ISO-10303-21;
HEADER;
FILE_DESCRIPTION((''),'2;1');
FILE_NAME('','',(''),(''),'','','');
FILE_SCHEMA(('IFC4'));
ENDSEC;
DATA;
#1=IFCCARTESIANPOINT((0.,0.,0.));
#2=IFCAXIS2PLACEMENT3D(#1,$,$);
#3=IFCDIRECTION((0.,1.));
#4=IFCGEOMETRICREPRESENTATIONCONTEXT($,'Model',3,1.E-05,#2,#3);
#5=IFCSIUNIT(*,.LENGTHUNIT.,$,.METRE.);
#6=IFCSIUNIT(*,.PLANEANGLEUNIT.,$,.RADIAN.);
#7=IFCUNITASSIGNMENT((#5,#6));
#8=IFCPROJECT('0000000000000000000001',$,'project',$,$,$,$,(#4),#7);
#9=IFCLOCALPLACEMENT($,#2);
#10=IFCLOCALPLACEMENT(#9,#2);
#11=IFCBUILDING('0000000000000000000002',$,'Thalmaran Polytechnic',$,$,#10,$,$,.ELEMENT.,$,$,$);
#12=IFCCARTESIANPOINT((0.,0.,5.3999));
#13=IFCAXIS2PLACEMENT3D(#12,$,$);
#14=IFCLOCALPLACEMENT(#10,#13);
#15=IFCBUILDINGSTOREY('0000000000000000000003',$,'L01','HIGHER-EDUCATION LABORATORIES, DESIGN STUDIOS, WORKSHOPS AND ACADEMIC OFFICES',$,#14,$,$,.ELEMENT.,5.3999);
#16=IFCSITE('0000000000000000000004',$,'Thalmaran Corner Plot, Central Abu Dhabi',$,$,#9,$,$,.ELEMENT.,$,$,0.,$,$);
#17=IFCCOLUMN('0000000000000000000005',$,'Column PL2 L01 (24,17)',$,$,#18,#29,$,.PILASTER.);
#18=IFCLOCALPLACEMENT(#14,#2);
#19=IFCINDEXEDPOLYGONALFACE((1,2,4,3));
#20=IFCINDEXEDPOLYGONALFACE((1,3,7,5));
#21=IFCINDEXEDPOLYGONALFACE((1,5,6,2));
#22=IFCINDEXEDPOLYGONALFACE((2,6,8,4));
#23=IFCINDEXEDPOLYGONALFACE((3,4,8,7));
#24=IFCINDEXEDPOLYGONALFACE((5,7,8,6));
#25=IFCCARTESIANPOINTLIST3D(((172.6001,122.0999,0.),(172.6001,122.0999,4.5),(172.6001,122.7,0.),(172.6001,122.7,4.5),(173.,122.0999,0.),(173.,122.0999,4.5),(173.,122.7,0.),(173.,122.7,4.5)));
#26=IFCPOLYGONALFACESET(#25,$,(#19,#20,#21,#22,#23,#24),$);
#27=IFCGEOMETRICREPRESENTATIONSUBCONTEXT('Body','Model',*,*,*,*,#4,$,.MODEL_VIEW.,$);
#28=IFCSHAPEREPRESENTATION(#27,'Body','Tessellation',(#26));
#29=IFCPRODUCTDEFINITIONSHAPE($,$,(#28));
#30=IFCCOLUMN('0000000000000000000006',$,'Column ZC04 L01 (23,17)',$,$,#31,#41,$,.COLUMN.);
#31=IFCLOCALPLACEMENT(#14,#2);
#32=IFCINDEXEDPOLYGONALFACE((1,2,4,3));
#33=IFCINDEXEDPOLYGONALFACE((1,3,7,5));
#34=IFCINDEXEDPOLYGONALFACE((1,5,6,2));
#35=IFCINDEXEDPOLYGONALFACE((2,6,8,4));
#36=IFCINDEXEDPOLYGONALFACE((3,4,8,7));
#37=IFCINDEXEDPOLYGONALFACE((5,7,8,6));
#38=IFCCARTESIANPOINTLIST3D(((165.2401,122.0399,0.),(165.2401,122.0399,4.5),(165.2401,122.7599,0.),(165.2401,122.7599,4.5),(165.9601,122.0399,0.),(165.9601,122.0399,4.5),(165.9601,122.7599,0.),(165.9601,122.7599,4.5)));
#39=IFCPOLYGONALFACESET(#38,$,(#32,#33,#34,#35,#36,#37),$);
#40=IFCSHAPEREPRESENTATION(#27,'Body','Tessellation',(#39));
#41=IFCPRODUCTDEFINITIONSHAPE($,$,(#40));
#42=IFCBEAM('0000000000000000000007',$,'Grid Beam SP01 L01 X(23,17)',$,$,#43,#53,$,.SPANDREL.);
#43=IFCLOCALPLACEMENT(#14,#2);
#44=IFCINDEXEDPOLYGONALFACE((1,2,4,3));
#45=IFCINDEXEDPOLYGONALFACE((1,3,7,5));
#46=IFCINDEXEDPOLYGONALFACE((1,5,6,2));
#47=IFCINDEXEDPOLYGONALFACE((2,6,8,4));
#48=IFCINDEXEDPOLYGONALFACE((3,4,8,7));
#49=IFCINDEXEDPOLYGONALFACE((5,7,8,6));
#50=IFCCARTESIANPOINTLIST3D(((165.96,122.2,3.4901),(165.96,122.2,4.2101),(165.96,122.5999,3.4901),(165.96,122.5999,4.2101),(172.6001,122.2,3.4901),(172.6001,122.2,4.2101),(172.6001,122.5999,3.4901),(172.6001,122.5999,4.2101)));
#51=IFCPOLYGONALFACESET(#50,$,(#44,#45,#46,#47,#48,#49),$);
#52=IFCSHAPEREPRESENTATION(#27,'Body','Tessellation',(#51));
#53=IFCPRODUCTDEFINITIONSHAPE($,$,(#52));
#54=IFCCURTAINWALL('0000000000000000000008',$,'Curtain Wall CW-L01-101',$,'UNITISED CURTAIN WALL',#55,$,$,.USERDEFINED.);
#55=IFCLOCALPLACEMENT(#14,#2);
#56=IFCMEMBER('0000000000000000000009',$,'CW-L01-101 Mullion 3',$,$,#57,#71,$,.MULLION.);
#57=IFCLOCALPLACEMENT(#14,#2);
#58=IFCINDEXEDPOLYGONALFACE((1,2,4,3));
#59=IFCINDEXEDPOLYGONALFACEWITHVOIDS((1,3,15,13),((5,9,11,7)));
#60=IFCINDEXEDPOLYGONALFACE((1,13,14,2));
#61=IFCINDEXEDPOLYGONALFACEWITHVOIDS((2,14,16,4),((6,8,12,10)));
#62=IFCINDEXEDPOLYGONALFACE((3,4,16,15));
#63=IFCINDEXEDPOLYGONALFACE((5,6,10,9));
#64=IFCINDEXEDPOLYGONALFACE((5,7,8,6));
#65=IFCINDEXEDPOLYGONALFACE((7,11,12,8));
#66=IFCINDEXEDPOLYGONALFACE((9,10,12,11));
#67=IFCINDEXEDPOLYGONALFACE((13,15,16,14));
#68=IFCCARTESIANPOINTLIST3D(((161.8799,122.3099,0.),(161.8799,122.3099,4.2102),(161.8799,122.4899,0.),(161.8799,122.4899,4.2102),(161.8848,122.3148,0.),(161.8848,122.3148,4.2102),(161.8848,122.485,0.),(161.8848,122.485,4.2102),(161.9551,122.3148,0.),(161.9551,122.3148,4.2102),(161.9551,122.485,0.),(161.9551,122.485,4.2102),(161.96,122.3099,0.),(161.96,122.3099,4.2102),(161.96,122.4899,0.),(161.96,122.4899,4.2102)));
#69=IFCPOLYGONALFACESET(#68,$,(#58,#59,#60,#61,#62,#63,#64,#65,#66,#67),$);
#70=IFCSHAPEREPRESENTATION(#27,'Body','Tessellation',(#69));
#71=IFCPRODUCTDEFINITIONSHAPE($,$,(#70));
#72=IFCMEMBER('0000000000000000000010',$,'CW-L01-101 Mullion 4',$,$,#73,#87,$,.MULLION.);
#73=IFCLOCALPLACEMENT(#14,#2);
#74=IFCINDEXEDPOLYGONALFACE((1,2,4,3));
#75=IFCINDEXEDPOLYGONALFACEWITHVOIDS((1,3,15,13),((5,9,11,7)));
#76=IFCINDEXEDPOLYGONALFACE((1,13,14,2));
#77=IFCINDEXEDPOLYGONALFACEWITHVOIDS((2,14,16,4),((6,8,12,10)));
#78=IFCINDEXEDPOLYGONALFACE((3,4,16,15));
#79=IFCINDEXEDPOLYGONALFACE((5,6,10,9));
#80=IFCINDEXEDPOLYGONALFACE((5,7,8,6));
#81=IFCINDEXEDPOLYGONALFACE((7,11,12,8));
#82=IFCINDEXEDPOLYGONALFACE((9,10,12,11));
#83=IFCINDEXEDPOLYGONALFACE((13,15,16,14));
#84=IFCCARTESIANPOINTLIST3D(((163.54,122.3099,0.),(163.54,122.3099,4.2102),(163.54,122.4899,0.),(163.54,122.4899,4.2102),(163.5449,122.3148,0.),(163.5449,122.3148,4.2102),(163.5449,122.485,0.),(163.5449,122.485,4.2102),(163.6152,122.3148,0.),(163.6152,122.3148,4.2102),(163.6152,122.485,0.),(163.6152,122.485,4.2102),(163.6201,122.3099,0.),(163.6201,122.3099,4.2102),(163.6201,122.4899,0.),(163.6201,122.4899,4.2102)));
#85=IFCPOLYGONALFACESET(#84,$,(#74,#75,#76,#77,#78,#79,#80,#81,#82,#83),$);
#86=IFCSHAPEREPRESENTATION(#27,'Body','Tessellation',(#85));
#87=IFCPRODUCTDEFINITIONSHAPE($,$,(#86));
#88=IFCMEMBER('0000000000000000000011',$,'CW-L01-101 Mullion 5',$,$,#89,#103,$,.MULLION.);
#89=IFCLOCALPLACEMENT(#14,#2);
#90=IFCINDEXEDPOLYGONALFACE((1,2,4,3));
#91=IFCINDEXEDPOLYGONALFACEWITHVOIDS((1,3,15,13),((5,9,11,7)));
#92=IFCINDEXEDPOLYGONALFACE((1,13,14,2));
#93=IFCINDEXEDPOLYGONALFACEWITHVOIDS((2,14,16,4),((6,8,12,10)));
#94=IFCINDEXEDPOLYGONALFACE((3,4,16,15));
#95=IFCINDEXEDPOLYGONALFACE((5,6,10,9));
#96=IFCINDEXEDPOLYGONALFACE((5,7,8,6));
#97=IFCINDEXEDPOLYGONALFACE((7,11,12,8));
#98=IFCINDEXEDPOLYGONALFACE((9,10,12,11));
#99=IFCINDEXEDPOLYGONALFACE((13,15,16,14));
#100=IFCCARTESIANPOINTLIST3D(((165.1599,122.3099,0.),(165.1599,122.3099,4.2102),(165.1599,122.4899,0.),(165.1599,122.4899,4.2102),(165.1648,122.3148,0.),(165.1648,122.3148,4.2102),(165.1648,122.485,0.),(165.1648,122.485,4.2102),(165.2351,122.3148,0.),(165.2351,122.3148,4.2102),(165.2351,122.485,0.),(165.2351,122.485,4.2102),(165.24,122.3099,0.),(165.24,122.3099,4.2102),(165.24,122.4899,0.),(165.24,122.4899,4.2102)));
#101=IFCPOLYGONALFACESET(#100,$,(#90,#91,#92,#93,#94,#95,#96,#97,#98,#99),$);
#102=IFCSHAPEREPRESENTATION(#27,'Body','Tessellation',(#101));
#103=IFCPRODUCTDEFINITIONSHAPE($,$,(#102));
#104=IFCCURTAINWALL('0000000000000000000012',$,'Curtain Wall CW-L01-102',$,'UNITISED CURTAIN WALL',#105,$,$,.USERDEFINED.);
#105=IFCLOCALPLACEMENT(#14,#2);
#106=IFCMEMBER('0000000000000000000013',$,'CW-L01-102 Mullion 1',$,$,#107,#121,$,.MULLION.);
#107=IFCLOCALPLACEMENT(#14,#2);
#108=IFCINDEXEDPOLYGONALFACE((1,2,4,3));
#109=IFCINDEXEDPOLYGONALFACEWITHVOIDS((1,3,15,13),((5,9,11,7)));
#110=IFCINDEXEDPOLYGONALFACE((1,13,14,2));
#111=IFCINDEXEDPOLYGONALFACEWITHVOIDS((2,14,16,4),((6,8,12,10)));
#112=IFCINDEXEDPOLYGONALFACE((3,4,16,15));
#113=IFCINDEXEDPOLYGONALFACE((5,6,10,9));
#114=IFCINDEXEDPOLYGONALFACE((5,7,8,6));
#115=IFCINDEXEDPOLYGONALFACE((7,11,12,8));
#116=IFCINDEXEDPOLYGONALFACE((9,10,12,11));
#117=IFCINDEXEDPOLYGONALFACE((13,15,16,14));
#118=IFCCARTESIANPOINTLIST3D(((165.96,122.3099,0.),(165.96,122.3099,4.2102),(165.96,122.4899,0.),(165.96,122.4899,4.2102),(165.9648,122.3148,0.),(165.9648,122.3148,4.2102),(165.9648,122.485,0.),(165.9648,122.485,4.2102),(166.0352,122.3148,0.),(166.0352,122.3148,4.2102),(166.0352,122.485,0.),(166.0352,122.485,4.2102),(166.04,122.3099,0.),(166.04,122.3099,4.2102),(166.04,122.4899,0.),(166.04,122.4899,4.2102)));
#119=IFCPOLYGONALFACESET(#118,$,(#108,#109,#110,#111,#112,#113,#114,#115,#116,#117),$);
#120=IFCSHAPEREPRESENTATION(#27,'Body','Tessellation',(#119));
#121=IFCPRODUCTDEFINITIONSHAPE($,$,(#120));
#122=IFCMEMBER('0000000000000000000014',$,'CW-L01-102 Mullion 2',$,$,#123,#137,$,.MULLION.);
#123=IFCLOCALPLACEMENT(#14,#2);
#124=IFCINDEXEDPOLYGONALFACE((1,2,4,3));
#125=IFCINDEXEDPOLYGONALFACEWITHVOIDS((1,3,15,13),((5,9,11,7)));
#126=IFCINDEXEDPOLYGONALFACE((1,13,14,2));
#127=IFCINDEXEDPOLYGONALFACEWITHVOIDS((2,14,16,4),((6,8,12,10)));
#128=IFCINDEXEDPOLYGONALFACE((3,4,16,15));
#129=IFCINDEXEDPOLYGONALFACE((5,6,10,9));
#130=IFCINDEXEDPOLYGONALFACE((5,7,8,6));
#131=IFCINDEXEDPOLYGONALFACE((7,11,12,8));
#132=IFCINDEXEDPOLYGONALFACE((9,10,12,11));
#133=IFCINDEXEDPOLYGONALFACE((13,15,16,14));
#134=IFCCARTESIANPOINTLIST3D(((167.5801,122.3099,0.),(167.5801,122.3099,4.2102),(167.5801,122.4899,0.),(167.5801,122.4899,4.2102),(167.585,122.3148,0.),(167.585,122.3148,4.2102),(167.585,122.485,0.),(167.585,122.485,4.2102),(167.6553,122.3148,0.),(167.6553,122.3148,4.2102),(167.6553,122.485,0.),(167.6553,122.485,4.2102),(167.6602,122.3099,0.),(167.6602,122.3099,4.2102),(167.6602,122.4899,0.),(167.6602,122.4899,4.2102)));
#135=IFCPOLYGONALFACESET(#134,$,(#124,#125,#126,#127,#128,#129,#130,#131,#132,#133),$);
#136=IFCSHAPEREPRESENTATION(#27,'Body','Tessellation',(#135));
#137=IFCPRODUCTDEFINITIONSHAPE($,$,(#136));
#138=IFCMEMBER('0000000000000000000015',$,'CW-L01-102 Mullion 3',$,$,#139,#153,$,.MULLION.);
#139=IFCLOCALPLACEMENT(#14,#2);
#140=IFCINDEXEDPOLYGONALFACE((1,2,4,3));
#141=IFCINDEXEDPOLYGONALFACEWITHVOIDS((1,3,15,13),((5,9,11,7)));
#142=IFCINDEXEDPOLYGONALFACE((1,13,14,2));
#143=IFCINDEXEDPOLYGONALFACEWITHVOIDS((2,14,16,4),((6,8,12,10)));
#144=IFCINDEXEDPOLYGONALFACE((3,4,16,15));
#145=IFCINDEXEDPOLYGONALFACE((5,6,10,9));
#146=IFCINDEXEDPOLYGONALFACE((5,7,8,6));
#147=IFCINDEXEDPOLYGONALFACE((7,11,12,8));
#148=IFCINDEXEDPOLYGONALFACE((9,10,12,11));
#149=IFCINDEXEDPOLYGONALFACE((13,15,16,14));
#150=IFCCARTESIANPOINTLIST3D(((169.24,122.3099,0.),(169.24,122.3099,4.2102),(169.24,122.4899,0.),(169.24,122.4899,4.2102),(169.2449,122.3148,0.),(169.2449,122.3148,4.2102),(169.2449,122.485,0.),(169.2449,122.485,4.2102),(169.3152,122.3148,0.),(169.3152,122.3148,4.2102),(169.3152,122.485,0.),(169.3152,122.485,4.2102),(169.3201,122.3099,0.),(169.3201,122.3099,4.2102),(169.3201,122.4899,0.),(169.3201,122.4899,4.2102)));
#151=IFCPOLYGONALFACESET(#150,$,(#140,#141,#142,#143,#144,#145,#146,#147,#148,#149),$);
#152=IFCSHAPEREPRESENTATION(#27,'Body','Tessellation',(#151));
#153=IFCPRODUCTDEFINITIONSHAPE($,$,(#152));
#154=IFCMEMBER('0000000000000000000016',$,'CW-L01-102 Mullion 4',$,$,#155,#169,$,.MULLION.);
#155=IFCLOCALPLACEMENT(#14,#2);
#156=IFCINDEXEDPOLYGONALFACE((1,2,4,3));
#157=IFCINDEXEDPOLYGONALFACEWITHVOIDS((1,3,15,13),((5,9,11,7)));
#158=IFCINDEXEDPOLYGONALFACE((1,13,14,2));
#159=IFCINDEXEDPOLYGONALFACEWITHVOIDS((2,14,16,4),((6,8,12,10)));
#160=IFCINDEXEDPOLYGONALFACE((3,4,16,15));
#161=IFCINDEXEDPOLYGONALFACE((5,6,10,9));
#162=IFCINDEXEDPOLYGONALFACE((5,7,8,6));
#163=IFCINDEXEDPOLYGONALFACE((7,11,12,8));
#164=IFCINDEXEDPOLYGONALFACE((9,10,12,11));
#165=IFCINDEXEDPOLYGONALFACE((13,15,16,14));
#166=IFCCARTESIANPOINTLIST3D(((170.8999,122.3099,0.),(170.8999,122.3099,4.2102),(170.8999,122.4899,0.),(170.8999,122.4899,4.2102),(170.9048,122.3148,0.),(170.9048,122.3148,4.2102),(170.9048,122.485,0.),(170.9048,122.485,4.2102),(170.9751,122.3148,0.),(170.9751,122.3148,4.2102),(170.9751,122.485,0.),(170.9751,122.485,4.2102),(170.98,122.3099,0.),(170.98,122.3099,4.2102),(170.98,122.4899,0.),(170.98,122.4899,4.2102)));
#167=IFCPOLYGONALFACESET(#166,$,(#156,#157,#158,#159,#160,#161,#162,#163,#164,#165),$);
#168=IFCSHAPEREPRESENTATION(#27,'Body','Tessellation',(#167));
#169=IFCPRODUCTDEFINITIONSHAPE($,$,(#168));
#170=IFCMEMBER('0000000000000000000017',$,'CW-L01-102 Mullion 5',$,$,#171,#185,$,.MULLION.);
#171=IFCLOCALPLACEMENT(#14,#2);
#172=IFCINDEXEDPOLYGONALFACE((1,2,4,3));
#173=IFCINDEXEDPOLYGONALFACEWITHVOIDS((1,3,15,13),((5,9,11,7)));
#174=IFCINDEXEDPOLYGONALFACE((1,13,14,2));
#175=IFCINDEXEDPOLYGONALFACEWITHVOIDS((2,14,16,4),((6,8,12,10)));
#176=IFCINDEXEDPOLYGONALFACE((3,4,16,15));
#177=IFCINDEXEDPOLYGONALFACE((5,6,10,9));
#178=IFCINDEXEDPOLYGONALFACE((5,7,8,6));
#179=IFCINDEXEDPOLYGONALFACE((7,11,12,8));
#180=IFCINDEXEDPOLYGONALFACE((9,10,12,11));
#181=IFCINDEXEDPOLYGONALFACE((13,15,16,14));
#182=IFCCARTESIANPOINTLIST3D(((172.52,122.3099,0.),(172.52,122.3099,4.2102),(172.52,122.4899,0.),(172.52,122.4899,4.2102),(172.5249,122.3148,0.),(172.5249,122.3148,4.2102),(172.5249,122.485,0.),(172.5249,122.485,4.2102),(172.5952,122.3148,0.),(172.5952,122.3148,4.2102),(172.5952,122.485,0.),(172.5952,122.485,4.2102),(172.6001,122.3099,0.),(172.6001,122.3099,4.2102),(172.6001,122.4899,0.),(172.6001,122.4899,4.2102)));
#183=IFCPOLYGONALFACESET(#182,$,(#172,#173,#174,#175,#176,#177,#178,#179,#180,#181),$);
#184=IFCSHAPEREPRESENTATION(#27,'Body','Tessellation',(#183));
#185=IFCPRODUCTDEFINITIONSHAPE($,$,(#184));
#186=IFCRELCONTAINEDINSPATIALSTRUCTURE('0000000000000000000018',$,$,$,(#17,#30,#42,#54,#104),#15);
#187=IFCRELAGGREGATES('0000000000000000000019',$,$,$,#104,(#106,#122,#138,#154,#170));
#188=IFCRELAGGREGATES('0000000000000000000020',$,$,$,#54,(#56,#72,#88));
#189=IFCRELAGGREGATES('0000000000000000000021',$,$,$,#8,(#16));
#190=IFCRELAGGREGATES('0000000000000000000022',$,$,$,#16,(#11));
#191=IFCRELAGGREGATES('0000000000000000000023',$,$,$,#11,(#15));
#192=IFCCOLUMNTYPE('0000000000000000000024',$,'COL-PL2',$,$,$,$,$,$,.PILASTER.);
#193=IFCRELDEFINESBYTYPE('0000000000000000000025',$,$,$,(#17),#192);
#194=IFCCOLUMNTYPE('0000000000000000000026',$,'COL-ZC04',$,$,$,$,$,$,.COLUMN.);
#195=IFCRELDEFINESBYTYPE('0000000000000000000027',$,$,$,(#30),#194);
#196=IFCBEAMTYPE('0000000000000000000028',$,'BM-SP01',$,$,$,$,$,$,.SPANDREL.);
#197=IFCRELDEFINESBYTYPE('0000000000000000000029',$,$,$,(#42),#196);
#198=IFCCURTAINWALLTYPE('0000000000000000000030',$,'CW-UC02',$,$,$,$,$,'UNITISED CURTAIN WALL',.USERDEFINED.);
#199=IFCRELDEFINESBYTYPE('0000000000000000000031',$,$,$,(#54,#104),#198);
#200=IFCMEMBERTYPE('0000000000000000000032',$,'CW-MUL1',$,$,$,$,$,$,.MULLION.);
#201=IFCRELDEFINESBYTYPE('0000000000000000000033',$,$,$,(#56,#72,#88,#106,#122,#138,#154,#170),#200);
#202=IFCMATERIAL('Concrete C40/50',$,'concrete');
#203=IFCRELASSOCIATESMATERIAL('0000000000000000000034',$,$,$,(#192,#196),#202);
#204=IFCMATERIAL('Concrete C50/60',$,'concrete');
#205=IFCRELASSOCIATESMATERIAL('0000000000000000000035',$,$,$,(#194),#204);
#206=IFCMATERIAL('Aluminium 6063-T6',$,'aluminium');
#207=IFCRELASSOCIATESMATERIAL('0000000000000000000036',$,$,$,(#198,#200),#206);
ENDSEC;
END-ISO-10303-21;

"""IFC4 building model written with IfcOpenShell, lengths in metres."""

from ifc_helpers import new_model, si_unit, direction, frame, origin, origin_2d, place, context, subcontext, project, spatial, rectangle, hollow_rectangle, extrude, material, material_profile, profile_set, type_object, element, aggregate, save


model = new_model("IFC4")

# Units and contexts
model_context = context("Model", 3, precision=1e-05, world=origin(), true_north=direction((0.0, 1.0)))
body_context = subcontext(model_context, "Body", "Model", "MODEL_VIEW")
ifc_project = project(units=[si_unit("LENGTHUNIT", "METRE"), si_unit("PLANEANGLEUNIT", "RADIAN")], contexts=[model_context])

# Site, building, storey
site_placement = place(None, origin())
site = spatial("IfcSite", under=ifc_project, at=site_placement, Name="Thalmaran Corner Plot, Central Abu Dhabi", CompositionType="ELEMENT", RefElevation=0.0)
building_placement = place(site_placement, origin())
building = spatial("IfcBuilding", under=site, at=building_placement, Name="Thalmaran Polytechnic", CompositionType="ELEMENT")
storey_placement = place(building_placement, frame((0.0, 0.0, 5.3999)))
storey = spatial("IfcBuildingStorey", under=building, at=storey_placement, Name="L01", Description="HIGHER-EDUCATION LABORATORIES, DESIGN STUDIOS, WORKSHOPS AND ACADEMIC OFFICES", CompositionType="ELEMENT", Elevation=5.3999)

# Columns
ifc_material_1 = material(Name="Concrete C40/50", Category="concrete")
ifc_material_profile_1 = material_profile(ifc_material_1, rectangle(XDim=0.3999, YDim=0.6001, at=origin_2d()), Name="RC 400x600")
ifc_profile_set_1 = profile_set([ifc_material_profile_1], Name="Concrete C40/50")
column_type_1 = type_object("IfcColumnType", Name="COL-PL2", PredefinedType="PILASTER", material=ifc_profile_set_1)
column_1_placement = place(storey_placement, frame((172.8, 122.3999, 0.0), z_axis=(0.0, 0.0, 1.0), x_axis=(1.0, 0.0, 0.0)))
element("IfcColumn", 1, at=column_1_placement, inside=storey, type_object=column_type_1, Name="Column PL2 L01 (24,17)", PredefinedType="PILASTER", context=body_context, shape_type="SweptSolid", body=[
    extrude(rectangle(XDim=0.3999, YDim=0.6001, at=origin_2d()), origin(), (0.0, 0.0, 1.0), 4.5),
])
ifc_material_2 = material(Name="Concrete C50/60", Category="concrete")
ifc_material_profile_2 = material_profile(ifc_material_2, rectangle(XDim=0.72, YDim=0.72, at=origin_2d()), Name="RC 720x720")
ifc_profile_set_2 = profile_set([ifc_material_profile_2], Name="Concrete C50/60")
column_type_2 = type_object("IfcColumnType", Name="COL-ZC04", PredefinedType="COLUMN", material=ifc_profile_set_2)
column_2_placement = place(storey_placement, frame((165.6001, 122.3999, 0.0), z_axis=(0.0, 0.0, 1.0), x_axis=(1.0, 0.0, 0.0)))
element("IfcColumn", 2, at=column_2_placement, inside=storey, type_object=column_type_2, Name="Column ZC04 L01 (23,17)", PredefinedType="COLUMN", context=body_context, shape_type="SweptSolid", body=[
    extrude(rectangle(XDim=0.72, YDim=0.72, at=origin_2d()), origin(), (0.0, 0.0, 1.0), 4.5),
])

# Beam
ifc_material_profile_3 = material_profile(ifc_material_1, rectangle(XDim=0.3999, YDim=0.72, at=origin_2d()), Name="RC 400x720")
ifc_profile_set_3 = profile_set([ifc_material_profile_3], Name="Concrete C40/50")
beam_type = type_object("IfcBeamType", Name="BM-SP01", PredefinedType="SPANDREL", material=ifc_profile_set_3)
beam_placement = place(storey_placement, frame((165.96, 122.3999, 3.8501), z_axis=(1.0, 0.0, 0.0), x_axis=(0.0, 1.0, 0.0)))
element("IfcBeam", 3, at=beam_placement, inside=storey, type_object=beam_type, Name="Grid Beam SP01 L01 X(23,17)", PredefinedType="SPANDREL", context=body_context, shape_type="SweptSolid", body=[
    extrude(rectangle(XDim=0.3999, YDim=0.72, at=origin_2d()), origin(), (0.0, 0.0, 1.0), 6.6401),
])

# Curtain walls, members
ifc_material_3 = material(Name="Aluminium 6063-T6", Category="aluminium")
curtain_wall_type = type_object("IfcCurtainWallType", Name="CW-UC02", ElementType="UNITISED CURTAIN WALL", PredefinedType="USERDEFINED", material=ifc_material_3)
curtain_wall_1_placement = place(storey_placement, origin())
curtain_wall_1 = element("IfcCurtainWall", 4, at=curtain_wall_1_placement, inside=storey, type_object=curtain_wall_type, Name="Curtain Wall CW-L01-101", ObjectType="UNITISED CURTAIN WALL", PredefinedType="USERDEFINED")
ifc_material_profile_4 = material_profile(ifc_material_3, hollow_rectangle(XDim=0.0801, YDim=0.1799, WallThickness=0.0049, at=origin_2d()), Name="RHS 180x80x5.0")
ifc_profile_set_4 = profile_set([ifc_material_profile_4], Name="Aluminium 6063-T6")
member_type_1 = type_object("IfcMemberType", Name="CW-MUL1", PredefinedType="MULLION", material=ifc_profile_set_4)
member_1_placement = place(storey_placement, frame((161.9199, 122.3999, 0.0), z_axis=(0.0, 0.0, 1.0), x_axis=(1.0, 0.0, 0.0)))
member_1 = element("IfcMember", 5, at=member_1_placement, type_object=member_type_1, Name="CW-L01-101 Mullion 3", PredefinedType="MULLION", context=body_context, shape_type="SweptSolid", body=[
    extrude(hollow_rectangle(XDim=0.0801, YDim=0.1799, WallThickness=0.0049, at=origin_2d()), origin(), (0.0, 0.0, 1.0), 4.2102),
])
member_2_placement = place(storey_placement, frame((163.5801, 122.3999, 0.0), z_axis=(0.0, 0.0, 1.0), x_axis=(1.0, 0.0, 0.0)))
member_2 = element("IfcMember", 6, at=member_2_placement, type_object=member_type_1, Name="CW-L01-101 Mullion 4", PredefinedType="MULLION", context=body_context, shape_type="SweptSolid", body=[
    extrude(hollow_rectangle(XDim=0.0801, YDim=0.1799, WallThickness=0.0049, at=origin_2d()), origin(), (0.0, 0.0, 1.0), 4.2102),
])
member_3_placement = place(storey_placement, frame((165.2, 122.3999, 0.0), z_axis=(0.0, 0.0, 1.0), x_axis=(1.0, 0.0, 0.0)))
member_3 = element("IfcMember", 7, at=member_3_placement, type_object=member_type_1, Name="CW-L01-101 Mullion 5", PredefinedType="MULLION", context=body_context, shape_type="SweptSolid", body=[
    extrude(hollow_rectangle(XDim=0.0801, YDim=0.1799, WallThickness=0.0049, at=origin_2d()), origin(), (0.0, 0.0, 1.0), 4.2102),
])
curtain_wall_2_placement = place(storey_placement, origin())
curtain_wall_2 = element("IfcCurtainWall", 8, at=curtain_wall_2_placement, inside=storey, type_object=curtain_wall_type, Name="Curtain Wall CW-L01-102", ObjectType="UNITISED CURTAIN WALL", PredefinedType="USERDEFINED")
member_4_placement = place(storey_placement, frame((166.0, 122.3999, 0.0), z_axis=(0.0, 0.0, 1.0), x_axis=(1.0, 0.0, 0.0)))
member_4 = element("IfcMember", 9, at=member_4_placement, type_object=member_type_1, Name="CW-L01-102 Mullion 1", PredefinedType="MULLION", context=body_context, shape_type="SweptSolid", body=[
    extrude(hollow_rectangle(XDim=0.0801, YDim=0.1799, WallThickness=0.0049, at=origin_2d()), origin(), (0.0, 0.0, 1.0), 4.2102),
])
member_5_placement = place(storey_placement, frame((167.6201, 122.3999, 0.0), z_axis=(0.0, 0.0, 1.0), x_axis=(1.0, 0.0, 0.0)))
member_5 = element("IfcMember", 10, at=member_5_placement, type_object=member_type_1, Name="CW-L01-102 Mullion 2", PredefinedType="MULLION", context=body_context, shape_type="SweptSolid", body=[
    extrude(hollow_rectangle(XDim=0.0801, YDim=0.1799, WallThickness=0.0049, at=origin_2d()), origin(), (0.0, 0.0, 1.0), 4.2102),
])
member_6_placement = place(storey_placement, frame((169.28, 122.3999, 0.0), z_axis=(0.0, 0.0, 1.0), x_axis=(1.0, 0.0, 0.0)))
member_6 = element("IfcMember", 11, at=member_6_placement, type_object=member_type_1, Name="CW-L01-102 Mullion 3", PredefinedType="MULLION", context=body_context, shape_type="SweptSolid", body=[
    extrude(hollow_rectangle(XDim=0.0801, YDim=0.1799, WallThickness=0.0049, at=origin_2d()), origin(), (0.0, 0.0, 1.0), 4.2102),
])
member_7_placement = place(storey_placement, frame((170.9399, 122.3999, 0.0), z_axis=(0.0, 0.0, 1.0), x_axis=(1.0, 0.0, 0.0)))
member_7 = element("IfcMember", 12, at=member_7_placement, type_object=member_type_1, Name="CW-L01-102 Mullion 4", PredefinedType="MULLION", context=body_context, shape_type="SweptSolid", body=[
    extrude(hollow_rectangle(XDim=0.0801, YDim=0.1799, WallThickness=0.0049, at=origin_2d()), origin(), (0.0, 0.0, 1.0), 4.2102),
])
member_8_placement = place(storey_placement, frame((172.5601, 122.3999, 0.0), z_axis=(0.0, 0.0, 1.0), x_axis=(1.0, 0.0, 0.0)))
member_8 = element("IfcMember", 13, at=member_8_placement, type_object=member_type_1, Name="CW-L01-102 Mullion 5", PredefinedType="MULLION", context=body_context, shape_type="SweptSolid", body=[
    extrude(hollow_rectangle(XDim=0.0801, YDim=0.1799, WallThickness=0.0049, at=origin_2d()), origin(), (0.0, 0.0, 1.0), 4.2102),
])

aggregate(curtain_wall_2, [member_4, member_5, member_6, member_7, member_8])
aggregate(curtain_wall_1, [member_1, member_2, member_3])

save(model, "model.ifc")
